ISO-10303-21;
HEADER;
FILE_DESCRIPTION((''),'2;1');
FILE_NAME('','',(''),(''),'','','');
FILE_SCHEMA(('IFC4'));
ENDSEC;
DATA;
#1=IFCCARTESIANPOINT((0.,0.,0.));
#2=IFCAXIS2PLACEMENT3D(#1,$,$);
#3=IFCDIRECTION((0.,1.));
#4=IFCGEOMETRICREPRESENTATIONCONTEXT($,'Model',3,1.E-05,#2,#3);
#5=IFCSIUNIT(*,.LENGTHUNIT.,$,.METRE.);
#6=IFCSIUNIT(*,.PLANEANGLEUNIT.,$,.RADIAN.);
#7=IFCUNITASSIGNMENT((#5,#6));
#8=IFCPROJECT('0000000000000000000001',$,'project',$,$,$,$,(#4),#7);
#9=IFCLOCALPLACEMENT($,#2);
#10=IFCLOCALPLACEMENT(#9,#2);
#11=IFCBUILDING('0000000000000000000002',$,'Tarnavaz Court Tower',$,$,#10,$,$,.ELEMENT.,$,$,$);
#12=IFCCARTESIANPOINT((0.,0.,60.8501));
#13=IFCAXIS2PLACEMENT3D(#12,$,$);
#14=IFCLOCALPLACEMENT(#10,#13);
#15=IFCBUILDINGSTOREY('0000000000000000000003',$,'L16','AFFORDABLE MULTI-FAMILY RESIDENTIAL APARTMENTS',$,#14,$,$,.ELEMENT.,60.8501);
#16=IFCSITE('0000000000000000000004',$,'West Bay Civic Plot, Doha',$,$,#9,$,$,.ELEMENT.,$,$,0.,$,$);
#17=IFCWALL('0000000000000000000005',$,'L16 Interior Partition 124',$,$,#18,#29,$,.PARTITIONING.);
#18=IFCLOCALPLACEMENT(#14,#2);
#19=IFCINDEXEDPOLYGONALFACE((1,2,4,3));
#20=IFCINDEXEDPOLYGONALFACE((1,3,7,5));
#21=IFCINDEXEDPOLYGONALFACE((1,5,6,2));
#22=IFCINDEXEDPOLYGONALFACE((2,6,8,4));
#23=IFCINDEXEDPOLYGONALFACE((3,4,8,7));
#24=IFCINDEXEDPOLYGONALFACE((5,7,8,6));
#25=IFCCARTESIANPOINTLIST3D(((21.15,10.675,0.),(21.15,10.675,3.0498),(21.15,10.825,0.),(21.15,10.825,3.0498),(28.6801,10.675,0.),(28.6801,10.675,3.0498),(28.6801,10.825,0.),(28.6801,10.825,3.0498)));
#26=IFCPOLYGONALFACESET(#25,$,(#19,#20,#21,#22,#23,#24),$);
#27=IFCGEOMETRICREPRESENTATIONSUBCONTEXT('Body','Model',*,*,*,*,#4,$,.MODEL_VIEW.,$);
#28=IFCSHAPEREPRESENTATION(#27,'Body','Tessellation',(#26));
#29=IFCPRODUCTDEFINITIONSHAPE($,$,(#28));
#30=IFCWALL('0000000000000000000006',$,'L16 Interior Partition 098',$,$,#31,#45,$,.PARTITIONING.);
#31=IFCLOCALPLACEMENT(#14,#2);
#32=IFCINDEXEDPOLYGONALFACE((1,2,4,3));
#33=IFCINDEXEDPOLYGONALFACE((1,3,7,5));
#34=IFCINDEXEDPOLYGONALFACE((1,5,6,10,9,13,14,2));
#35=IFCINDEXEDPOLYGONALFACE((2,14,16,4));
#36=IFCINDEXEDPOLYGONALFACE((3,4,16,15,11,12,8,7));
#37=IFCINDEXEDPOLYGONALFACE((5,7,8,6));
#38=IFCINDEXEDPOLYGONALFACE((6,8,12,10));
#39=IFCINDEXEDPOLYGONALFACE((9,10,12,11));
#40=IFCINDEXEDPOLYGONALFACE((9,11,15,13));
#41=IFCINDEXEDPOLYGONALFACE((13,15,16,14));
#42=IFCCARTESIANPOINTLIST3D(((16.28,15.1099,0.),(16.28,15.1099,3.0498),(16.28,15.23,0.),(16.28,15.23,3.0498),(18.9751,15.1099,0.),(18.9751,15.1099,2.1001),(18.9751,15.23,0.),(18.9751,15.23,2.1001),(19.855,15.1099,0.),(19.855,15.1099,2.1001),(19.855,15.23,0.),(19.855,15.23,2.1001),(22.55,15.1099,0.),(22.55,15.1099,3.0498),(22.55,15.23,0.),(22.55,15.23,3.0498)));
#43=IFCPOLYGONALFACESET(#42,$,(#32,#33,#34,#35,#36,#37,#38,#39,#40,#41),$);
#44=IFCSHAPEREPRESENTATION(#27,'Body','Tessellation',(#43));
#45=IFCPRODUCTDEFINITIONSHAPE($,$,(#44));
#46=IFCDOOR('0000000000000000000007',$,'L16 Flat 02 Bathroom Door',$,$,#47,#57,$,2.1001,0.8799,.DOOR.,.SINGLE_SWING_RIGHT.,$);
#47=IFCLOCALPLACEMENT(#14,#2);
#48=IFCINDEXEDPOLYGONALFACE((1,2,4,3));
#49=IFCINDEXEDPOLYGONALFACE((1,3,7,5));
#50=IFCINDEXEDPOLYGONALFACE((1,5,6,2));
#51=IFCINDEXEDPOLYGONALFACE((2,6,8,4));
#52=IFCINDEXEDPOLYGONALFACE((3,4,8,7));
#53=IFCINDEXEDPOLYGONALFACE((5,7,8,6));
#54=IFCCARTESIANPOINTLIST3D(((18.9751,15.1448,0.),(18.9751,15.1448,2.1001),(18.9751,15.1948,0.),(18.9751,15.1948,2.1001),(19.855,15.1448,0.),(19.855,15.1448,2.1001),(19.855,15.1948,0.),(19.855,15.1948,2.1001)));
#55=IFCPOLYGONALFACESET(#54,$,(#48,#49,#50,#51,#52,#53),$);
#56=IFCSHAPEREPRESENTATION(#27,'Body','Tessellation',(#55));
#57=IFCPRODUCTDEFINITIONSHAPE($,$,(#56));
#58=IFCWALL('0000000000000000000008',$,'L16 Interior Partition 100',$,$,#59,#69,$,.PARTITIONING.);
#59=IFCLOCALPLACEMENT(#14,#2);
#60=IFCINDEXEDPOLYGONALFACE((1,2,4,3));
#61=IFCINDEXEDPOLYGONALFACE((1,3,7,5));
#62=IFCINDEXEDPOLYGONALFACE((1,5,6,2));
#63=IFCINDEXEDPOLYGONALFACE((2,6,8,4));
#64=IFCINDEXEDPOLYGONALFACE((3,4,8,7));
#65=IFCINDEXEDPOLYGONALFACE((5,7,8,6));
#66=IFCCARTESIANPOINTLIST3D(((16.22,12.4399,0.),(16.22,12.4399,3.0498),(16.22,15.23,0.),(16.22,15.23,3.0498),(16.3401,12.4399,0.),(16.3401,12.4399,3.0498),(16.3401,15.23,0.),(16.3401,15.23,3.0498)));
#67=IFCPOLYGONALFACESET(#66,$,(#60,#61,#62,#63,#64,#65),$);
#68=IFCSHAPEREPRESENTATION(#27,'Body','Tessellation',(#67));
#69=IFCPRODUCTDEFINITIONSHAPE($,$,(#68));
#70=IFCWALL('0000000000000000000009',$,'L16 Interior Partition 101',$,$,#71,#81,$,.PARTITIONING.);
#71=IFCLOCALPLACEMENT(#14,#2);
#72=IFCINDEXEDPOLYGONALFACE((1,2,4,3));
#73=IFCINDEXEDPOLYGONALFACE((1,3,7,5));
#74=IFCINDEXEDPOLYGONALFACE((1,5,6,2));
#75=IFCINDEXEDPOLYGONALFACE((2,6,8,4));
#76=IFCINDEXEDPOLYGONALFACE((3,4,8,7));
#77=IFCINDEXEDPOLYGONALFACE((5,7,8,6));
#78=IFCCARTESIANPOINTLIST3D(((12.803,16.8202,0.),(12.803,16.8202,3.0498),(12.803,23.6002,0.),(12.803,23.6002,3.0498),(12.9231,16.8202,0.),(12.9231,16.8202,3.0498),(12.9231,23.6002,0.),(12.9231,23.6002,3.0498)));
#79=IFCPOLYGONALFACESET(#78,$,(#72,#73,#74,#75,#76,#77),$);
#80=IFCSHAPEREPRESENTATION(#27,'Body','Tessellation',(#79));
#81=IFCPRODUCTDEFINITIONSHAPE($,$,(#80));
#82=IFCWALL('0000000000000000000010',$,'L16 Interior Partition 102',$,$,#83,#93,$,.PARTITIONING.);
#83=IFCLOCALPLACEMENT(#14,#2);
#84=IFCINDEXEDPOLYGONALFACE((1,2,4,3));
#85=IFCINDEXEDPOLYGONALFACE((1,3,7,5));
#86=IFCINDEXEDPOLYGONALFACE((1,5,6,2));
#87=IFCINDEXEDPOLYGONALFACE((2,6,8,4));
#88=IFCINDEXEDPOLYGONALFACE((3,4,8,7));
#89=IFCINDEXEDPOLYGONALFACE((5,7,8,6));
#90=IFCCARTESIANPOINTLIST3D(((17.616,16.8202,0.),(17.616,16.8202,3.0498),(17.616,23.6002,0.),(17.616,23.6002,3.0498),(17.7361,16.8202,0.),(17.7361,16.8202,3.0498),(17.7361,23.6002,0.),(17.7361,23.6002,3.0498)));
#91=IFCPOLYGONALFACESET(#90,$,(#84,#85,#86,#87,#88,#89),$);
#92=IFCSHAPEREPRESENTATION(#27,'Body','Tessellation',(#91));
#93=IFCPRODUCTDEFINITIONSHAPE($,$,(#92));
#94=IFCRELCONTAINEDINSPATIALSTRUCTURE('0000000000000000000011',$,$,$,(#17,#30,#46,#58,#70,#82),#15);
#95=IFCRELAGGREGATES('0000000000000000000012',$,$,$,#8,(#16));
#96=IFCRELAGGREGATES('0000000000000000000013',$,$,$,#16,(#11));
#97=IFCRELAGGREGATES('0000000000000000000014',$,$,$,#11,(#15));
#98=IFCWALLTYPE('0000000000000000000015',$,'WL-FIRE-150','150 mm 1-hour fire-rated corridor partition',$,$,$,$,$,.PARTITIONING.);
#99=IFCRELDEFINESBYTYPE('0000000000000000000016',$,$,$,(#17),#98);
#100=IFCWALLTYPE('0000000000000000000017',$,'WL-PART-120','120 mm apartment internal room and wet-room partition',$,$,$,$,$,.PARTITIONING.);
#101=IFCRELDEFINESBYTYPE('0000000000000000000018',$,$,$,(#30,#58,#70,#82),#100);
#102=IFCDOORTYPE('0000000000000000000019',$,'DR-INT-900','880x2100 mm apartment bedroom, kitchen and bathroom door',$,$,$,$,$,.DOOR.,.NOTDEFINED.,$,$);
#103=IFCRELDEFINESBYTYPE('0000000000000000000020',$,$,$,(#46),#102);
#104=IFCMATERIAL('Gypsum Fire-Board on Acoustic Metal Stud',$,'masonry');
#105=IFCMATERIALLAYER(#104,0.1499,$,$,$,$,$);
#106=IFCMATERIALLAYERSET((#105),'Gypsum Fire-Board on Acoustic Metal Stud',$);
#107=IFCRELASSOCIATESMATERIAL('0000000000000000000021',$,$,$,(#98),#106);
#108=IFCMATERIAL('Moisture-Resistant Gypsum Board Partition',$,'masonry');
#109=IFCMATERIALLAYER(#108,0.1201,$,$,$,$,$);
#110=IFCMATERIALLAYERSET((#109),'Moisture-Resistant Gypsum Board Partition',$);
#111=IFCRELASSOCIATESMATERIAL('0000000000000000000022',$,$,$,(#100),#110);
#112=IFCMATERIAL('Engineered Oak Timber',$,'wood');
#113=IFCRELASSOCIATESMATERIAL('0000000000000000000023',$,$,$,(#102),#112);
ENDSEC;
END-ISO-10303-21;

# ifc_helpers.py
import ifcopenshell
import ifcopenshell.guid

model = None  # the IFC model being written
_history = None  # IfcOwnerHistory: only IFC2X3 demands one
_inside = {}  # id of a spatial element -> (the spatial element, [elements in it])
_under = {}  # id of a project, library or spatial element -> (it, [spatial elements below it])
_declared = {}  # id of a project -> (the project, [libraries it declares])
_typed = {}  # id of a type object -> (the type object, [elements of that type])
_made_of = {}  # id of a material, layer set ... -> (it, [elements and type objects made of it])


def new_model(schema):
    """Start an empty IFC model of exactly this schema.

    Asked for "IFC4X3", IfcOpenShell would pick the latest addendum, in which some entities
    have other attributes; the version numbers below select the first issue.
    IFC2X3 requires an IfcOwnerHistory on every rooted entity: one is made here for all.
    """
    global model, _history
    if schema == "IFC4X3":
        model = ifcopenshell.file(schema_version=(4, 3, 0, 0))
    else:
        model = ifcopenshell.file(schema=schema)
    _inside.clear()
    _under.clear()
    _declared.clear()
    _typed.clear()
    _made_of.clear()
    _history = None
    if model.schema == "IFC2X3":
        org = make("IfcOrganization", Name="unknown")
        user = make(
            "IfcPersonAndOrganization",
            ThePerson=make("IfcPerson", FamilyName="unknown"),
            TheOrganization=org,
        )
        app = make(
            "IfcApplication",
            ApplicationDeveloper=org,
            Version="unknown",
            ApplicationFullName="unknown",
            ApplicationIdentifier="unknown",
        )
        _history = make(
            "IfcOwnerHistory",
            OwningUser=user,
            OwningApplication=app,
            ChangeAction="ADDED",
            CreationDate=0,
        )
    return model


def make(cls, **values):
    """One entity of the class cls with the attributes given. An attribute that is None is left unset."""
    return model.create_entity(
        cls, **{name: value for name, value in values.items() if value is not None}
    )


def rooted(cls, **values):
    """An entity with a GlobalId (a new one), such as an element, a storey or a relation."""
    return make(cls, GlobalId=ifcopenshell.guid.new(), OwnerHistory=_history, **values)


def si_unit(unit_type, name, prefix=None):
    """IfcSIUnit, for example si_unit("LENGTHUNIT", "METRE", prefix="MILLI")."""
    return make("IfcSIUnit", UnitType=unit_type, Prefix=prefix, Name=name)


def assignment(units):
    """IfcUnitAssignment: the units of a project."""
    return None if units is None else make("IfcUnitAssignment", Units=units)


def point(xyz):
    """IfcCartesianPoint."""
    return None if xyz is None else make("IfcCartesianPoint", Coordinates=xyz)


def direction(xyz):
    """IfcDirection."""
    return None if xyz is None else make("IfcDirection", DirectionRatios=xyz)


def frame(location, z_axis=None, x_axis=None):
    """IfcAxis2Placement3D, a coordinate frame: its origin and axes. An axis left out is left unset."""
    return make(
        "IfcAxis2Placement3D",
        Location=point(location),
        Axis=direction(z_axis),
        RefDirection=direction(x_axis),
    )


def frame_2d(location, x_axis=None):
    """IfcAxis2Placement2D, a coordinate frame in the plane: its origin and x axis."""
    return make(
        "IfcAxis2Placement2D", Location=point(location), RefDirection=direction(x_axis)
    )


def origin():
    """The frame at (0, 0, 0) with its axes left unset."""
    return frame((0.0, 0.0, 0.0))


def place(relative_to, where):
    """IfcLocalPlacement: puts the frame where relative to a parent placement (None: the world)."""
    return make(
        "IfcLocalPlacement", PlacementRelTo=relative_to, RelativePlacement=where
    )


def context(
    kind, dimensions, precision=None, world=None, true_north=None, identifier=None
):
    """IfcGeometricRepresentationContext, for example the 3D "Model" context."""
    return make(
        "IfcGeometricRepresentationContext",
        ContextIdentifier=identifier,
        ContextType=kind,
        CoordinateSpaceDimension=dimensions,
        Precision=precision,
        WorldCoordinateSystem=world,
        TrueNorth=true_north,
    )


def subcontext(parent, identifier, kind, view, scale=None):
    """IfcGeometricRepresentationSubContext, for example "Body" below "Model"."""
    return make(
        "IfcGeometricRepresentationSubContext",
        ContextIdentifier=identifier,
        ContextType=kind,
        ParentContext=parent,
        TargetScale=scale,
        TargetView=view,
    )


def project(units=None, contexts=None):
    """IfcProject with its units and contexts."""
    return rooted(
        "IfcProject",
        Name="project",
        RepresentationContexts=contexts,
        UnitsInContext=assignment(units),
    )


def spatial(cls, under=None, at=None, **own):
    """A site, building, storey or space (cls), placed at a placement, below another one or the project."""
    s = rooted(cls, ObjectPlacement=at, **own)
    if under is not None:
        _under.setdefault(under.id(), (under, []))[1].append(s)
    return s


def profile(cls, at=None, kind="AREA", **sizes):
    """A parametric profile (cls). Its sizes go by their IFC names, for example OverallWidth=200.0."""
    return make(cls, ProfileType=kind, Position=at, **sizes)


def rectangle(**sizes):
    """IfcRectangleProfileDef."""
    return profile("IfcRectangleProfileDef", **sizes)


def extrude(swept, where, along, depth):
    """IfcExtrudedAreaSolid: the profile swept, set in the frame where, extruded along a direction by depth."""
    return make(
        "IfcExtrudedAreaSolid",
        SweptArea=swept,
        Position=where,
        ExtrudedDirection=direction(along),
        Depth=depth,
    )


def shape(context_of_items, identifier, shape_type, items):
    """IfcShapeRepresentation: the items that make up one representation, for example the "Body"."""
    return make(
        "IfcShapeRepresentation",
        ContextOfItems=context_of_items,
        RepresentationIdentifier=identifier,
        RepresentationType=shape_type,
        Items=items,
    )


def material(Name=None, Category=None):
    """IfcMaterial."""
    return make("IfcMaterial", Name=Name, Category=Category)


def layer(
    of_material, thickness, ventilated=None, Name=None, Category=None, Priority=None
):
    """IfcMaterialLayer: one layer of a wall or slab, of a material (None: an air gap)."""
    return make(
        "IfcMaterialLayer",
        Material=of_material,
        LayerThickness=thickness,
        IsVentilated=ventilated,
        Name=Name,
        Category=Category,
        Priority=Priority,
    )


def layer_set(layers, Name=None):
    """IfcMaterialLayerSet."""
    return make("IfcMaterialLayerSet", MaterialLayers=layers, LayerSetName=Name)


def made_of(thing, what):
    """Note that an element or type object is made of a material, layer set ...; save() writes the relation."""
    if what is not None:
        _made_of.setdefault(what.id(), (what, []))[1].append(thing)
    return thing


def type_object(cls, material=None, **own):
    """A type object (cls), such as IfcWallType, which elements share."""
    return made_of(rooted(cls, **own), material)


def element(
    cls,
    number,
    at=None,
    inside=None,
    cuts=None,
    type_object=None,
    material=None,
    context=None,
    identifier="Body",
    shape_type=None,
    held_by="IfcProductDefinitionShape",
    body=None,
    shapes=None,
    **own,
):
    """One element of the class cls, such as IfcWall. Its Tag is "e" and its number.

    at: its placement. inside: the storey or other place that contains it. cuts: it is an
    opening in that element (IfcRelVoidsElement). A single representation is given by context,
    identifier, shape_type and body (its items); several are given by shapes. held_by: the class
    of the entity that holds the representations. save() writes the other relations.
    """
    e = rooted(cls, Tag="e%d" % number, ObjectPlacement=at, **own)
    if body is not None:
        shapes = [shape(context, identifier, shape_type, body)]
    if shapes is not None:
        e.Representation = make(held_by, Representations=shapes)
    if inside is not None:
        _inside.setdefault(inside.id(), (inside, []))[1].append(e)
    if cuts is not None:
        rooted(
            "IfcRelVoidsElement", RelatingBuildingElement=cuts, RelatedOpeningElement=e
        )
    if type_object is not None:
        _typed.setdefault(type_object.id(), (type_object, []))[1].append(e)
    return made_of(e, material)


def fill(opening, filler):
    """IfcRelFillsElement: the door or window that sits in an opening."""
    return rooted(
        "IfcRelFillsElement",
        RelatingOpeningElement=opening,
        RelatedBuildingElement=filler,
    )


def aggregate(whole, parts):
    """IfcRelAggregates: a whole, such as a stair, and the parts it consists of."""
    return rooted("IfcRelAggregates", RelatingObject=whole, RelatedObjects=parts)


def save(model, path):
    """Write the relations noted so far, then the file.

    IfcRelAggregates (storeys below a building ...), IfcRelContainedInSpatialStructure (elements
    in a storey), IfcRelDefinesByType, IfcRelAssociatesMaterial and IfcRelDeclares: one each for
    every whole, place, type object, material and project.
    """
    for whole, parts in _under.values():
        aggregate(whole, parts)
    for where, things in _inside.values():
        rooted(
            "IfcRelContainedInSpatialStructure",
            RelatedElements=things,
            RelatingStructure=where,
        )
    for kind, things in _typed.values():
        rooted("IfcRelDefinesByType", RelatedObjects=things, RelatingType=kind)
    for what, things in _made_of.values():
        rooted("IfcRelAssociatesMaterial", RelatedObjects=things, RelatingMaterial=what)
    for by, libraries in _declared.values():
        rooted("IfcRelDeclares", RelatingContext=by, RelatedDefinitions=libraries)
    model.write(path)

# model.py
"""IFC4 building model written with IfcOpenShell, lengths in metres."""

from ifc_helpers import new_model, si_unit, direction, frame, frame_2d, origin, place, context, subcontext, project, spatial, rectangle, extrude, material, layer, layer_set, type_object, element, fill, save


model = new_model("IFC4")

# Units and contexts
model_context = context("Model", 3, precision=1e-05, world=origin(), true_north=direction((0.0, 1.0)))
body_context = subcontext(model_context, "Body", "Model", "MODEL_VIEW")
ifc_project = project(units=[si_unit("LENGTHUNIT", "METRE"), si_unit("PLANEANGLEUNIT", "RADIAN")], contexts=[model_context])

# Site, building, storey
site_placement = place(None, origin())
site = spatial("IfcSite", under=ifc_project, at=site_placement, Name="West Bay Civic Plot, Doha", CompositionType="ELEMENT", RefElevation=0.0)
building_placement = place(site_placement, origin())
building = spatial("IfcBuilding", under=site, at=building_placement, Name="Tarnavaz Court Tower", CompositionType="ELEMENT")
storey_placement = place(building_placement, frame((0.0, 0.0, 60.8501)))
storey = spatial("IfcBuildingStorey", under=building, at=storey_placement, Name="L16", Description="AFFORDABLE MULTI-FAMILY RESIDENTIAL APARTMENTS", CompositionType="ELEMENT", Elevation=60.8501)

# Wall
ifc_material_1 = material(Name="Gypsum Fire-Board on Acoustic Metal Stud", Category="masonry")
ifc_layer_1 = layer(ifc_material_1, 0.1499)
ifc_layer_set_1 = layer_set([ifc_layer_1], Name="Gypsum Fire-Board on Acoustic Metal Stud")
wall_type_1 = type_object("IfcWallType", Name="WL-FIRE-150", Description="150 mm 1-hour fire-rated corridor partition", PredefinedType="PARTITIONING", material=ifc_layer_set_1)
wall_1_placement = place(storey_placement, frame((21.1499, 10.75, 0.0), z_axis=(0.0, 0.0, 1.0), x_axis=(1.0, 0.0, 0.0)))
element("IfcWall", 1, at=wall_1_placement, inside=storey, type_object=wall_type_1, Name="L16 Interior Partition 124", PredefinedType="PARTITIONING", context=body_context, shape_type="SweptSolid", body=[
    extrude(rectangle(XDim=7.53, YDim=0.1499, at=frame_2d((3.7651, 0.0))), origin(), (0.0, 0.0, 1.0), 3.0498),
])

# Wall, opening, door
ifc_material_2 = material(Name="Moisture-Resistant Gypsum Board Partition", Category="masonry")
ifc_layer_2 = layer(ifc_material_2, 0.1201)
ifc_layer_set_2 = layer_set([ifc_layer_2], Name="Moisture-Resistant Gypsum Board Partition")
wall_type_2 = type_object("IfcWallType", Name="WL-PART-120", Description="120 mm apartment internal room and wet-room partition", PredefinedType="PARTITIONING", material=ifc_layer_set_2)
wall_2_placement = place(storey_placement, frame((16.28, 15.1699, 0.0), z_axis=(0.0, 0.0, 1.0), x_axis=(1.0, 0.0, 0.0)))
wall_2 = element("IfcWall", 2, at=wall_2_placement, inside=storey, type_object=wall_type_2, Name="L16 Interior Partition 098", PredefinedType="PARTITIONING", context=body_context, shape_type="SweptSolid", body=[
    extrude(rectangle(XDim=6.27, YDim=0.1201, at=frame_2d((3.135, 0.0))), origin(), (0.0, 0.0, 1.0), 3.0498),
])
opening_placement = place(wall_2_placement, frame((2.6951, 0.0, 0.0)))
opening = element("IfcOpeningElement", 3, at=opening_placement, cuts=wall_2, PredefinedType="OPENING", context=body_context, shape_type="SweptSolid", body=[
    extrude(rectangle(XDim=0.8799, YDim=2.1001, at=frame_2d((0.4399, 1.05))), frame((0.0, 0.0701, 0.0), z_axis=(0.0, -1.0, 0.0), x_axis=(1.0, 0.0, 0.0)), (0.0, 0.0, 1.0), 0.1401),
])
ifc_material_3 = material(Name="Engineered Oak Timber", Category="wood")
door_type = type_object("IfcDoorType", Name="DR-INT-900", Description="880x2100 mm apartment bedroom, kitchen and bathroom door", OperationType="NOTDEFINED", PredefinedType="DOOR", material=ifc_material_3)
door_placement = place(opening_placement, origin())
door = element("IfcDoor", 4, at=door_placement, inside=storey, type_object=door_type, Name="L16 Flat 02 Bathroom Door", OperationType="SINGLE_SWING_RIGHT", OverallHeight=2.1001, OverallWidth=0.8799, PredefinedType="DOOR", context=body_context, shape_type="SweptSolid", body=[
    extrude(rectangle(XDim=0.8799, YDim=2.1001, at=frame_2d((0.4399, 1.05))), frame((0.0, 0.0249, 0.0), z_axis=(0.0, -1.0, 0.0), x_axis=(1.0, 0.0, 0.0)), (0.0, 0.0, 1.0), 0.05),
])
fill(opening, door)

# Walls
wall_3_placement = place(storey_placement, frame((16.28, 12.4399, 0.0), z_axis=(0.0, 0.0, 1.0), x_axis=(0.0, 1.0, 0.0)))
element("IfcWall", 5, at=wall_3_placement, inside=storey, type_object=wall_type_2, Name="L16 Interior Partition 100", PredefinedType="PARTITIONING", context=body_context, shape_type="SweptSolid", body=[
    extrude(rectangle(XDim=2.79, YDim=0.1201, at=frame_2d((1.395, 0.0))), origin(), (0.0, 0.0, 1.0), 3.0498),
])
for number, where, z_axis, x_axis, name in (
    (6, (12.863, 16.8201, 0.0), (0.0, 0.0, 1.0), (0.0, 1.0, 0.0), "L16 Interior Partition 101"),
    (7, (17.676, 16.8201, 0.0), (0.0, 0.0, 1.0), (0.0, 1.0, 0.0), "L16 Interior Partition 102"),
):
    element("IfcWall", number, at=place(storey_placement, frame(where, z_axis=z_axis, x_axis=x_axis)), inside=storey, type_object=wall_type_2, Name=name, PredefinedType="PARTITIONING", context=body_context, shape_type="SweptSolid", body=[
        extrude(rectangle(XDim=6.78, YDim=0.1201, at=frame_2d((3.3901, 0.0))), origin(), (0.0, 0.0, 1.0), 3.0498),
    ])

save(model, "model.ifc")
